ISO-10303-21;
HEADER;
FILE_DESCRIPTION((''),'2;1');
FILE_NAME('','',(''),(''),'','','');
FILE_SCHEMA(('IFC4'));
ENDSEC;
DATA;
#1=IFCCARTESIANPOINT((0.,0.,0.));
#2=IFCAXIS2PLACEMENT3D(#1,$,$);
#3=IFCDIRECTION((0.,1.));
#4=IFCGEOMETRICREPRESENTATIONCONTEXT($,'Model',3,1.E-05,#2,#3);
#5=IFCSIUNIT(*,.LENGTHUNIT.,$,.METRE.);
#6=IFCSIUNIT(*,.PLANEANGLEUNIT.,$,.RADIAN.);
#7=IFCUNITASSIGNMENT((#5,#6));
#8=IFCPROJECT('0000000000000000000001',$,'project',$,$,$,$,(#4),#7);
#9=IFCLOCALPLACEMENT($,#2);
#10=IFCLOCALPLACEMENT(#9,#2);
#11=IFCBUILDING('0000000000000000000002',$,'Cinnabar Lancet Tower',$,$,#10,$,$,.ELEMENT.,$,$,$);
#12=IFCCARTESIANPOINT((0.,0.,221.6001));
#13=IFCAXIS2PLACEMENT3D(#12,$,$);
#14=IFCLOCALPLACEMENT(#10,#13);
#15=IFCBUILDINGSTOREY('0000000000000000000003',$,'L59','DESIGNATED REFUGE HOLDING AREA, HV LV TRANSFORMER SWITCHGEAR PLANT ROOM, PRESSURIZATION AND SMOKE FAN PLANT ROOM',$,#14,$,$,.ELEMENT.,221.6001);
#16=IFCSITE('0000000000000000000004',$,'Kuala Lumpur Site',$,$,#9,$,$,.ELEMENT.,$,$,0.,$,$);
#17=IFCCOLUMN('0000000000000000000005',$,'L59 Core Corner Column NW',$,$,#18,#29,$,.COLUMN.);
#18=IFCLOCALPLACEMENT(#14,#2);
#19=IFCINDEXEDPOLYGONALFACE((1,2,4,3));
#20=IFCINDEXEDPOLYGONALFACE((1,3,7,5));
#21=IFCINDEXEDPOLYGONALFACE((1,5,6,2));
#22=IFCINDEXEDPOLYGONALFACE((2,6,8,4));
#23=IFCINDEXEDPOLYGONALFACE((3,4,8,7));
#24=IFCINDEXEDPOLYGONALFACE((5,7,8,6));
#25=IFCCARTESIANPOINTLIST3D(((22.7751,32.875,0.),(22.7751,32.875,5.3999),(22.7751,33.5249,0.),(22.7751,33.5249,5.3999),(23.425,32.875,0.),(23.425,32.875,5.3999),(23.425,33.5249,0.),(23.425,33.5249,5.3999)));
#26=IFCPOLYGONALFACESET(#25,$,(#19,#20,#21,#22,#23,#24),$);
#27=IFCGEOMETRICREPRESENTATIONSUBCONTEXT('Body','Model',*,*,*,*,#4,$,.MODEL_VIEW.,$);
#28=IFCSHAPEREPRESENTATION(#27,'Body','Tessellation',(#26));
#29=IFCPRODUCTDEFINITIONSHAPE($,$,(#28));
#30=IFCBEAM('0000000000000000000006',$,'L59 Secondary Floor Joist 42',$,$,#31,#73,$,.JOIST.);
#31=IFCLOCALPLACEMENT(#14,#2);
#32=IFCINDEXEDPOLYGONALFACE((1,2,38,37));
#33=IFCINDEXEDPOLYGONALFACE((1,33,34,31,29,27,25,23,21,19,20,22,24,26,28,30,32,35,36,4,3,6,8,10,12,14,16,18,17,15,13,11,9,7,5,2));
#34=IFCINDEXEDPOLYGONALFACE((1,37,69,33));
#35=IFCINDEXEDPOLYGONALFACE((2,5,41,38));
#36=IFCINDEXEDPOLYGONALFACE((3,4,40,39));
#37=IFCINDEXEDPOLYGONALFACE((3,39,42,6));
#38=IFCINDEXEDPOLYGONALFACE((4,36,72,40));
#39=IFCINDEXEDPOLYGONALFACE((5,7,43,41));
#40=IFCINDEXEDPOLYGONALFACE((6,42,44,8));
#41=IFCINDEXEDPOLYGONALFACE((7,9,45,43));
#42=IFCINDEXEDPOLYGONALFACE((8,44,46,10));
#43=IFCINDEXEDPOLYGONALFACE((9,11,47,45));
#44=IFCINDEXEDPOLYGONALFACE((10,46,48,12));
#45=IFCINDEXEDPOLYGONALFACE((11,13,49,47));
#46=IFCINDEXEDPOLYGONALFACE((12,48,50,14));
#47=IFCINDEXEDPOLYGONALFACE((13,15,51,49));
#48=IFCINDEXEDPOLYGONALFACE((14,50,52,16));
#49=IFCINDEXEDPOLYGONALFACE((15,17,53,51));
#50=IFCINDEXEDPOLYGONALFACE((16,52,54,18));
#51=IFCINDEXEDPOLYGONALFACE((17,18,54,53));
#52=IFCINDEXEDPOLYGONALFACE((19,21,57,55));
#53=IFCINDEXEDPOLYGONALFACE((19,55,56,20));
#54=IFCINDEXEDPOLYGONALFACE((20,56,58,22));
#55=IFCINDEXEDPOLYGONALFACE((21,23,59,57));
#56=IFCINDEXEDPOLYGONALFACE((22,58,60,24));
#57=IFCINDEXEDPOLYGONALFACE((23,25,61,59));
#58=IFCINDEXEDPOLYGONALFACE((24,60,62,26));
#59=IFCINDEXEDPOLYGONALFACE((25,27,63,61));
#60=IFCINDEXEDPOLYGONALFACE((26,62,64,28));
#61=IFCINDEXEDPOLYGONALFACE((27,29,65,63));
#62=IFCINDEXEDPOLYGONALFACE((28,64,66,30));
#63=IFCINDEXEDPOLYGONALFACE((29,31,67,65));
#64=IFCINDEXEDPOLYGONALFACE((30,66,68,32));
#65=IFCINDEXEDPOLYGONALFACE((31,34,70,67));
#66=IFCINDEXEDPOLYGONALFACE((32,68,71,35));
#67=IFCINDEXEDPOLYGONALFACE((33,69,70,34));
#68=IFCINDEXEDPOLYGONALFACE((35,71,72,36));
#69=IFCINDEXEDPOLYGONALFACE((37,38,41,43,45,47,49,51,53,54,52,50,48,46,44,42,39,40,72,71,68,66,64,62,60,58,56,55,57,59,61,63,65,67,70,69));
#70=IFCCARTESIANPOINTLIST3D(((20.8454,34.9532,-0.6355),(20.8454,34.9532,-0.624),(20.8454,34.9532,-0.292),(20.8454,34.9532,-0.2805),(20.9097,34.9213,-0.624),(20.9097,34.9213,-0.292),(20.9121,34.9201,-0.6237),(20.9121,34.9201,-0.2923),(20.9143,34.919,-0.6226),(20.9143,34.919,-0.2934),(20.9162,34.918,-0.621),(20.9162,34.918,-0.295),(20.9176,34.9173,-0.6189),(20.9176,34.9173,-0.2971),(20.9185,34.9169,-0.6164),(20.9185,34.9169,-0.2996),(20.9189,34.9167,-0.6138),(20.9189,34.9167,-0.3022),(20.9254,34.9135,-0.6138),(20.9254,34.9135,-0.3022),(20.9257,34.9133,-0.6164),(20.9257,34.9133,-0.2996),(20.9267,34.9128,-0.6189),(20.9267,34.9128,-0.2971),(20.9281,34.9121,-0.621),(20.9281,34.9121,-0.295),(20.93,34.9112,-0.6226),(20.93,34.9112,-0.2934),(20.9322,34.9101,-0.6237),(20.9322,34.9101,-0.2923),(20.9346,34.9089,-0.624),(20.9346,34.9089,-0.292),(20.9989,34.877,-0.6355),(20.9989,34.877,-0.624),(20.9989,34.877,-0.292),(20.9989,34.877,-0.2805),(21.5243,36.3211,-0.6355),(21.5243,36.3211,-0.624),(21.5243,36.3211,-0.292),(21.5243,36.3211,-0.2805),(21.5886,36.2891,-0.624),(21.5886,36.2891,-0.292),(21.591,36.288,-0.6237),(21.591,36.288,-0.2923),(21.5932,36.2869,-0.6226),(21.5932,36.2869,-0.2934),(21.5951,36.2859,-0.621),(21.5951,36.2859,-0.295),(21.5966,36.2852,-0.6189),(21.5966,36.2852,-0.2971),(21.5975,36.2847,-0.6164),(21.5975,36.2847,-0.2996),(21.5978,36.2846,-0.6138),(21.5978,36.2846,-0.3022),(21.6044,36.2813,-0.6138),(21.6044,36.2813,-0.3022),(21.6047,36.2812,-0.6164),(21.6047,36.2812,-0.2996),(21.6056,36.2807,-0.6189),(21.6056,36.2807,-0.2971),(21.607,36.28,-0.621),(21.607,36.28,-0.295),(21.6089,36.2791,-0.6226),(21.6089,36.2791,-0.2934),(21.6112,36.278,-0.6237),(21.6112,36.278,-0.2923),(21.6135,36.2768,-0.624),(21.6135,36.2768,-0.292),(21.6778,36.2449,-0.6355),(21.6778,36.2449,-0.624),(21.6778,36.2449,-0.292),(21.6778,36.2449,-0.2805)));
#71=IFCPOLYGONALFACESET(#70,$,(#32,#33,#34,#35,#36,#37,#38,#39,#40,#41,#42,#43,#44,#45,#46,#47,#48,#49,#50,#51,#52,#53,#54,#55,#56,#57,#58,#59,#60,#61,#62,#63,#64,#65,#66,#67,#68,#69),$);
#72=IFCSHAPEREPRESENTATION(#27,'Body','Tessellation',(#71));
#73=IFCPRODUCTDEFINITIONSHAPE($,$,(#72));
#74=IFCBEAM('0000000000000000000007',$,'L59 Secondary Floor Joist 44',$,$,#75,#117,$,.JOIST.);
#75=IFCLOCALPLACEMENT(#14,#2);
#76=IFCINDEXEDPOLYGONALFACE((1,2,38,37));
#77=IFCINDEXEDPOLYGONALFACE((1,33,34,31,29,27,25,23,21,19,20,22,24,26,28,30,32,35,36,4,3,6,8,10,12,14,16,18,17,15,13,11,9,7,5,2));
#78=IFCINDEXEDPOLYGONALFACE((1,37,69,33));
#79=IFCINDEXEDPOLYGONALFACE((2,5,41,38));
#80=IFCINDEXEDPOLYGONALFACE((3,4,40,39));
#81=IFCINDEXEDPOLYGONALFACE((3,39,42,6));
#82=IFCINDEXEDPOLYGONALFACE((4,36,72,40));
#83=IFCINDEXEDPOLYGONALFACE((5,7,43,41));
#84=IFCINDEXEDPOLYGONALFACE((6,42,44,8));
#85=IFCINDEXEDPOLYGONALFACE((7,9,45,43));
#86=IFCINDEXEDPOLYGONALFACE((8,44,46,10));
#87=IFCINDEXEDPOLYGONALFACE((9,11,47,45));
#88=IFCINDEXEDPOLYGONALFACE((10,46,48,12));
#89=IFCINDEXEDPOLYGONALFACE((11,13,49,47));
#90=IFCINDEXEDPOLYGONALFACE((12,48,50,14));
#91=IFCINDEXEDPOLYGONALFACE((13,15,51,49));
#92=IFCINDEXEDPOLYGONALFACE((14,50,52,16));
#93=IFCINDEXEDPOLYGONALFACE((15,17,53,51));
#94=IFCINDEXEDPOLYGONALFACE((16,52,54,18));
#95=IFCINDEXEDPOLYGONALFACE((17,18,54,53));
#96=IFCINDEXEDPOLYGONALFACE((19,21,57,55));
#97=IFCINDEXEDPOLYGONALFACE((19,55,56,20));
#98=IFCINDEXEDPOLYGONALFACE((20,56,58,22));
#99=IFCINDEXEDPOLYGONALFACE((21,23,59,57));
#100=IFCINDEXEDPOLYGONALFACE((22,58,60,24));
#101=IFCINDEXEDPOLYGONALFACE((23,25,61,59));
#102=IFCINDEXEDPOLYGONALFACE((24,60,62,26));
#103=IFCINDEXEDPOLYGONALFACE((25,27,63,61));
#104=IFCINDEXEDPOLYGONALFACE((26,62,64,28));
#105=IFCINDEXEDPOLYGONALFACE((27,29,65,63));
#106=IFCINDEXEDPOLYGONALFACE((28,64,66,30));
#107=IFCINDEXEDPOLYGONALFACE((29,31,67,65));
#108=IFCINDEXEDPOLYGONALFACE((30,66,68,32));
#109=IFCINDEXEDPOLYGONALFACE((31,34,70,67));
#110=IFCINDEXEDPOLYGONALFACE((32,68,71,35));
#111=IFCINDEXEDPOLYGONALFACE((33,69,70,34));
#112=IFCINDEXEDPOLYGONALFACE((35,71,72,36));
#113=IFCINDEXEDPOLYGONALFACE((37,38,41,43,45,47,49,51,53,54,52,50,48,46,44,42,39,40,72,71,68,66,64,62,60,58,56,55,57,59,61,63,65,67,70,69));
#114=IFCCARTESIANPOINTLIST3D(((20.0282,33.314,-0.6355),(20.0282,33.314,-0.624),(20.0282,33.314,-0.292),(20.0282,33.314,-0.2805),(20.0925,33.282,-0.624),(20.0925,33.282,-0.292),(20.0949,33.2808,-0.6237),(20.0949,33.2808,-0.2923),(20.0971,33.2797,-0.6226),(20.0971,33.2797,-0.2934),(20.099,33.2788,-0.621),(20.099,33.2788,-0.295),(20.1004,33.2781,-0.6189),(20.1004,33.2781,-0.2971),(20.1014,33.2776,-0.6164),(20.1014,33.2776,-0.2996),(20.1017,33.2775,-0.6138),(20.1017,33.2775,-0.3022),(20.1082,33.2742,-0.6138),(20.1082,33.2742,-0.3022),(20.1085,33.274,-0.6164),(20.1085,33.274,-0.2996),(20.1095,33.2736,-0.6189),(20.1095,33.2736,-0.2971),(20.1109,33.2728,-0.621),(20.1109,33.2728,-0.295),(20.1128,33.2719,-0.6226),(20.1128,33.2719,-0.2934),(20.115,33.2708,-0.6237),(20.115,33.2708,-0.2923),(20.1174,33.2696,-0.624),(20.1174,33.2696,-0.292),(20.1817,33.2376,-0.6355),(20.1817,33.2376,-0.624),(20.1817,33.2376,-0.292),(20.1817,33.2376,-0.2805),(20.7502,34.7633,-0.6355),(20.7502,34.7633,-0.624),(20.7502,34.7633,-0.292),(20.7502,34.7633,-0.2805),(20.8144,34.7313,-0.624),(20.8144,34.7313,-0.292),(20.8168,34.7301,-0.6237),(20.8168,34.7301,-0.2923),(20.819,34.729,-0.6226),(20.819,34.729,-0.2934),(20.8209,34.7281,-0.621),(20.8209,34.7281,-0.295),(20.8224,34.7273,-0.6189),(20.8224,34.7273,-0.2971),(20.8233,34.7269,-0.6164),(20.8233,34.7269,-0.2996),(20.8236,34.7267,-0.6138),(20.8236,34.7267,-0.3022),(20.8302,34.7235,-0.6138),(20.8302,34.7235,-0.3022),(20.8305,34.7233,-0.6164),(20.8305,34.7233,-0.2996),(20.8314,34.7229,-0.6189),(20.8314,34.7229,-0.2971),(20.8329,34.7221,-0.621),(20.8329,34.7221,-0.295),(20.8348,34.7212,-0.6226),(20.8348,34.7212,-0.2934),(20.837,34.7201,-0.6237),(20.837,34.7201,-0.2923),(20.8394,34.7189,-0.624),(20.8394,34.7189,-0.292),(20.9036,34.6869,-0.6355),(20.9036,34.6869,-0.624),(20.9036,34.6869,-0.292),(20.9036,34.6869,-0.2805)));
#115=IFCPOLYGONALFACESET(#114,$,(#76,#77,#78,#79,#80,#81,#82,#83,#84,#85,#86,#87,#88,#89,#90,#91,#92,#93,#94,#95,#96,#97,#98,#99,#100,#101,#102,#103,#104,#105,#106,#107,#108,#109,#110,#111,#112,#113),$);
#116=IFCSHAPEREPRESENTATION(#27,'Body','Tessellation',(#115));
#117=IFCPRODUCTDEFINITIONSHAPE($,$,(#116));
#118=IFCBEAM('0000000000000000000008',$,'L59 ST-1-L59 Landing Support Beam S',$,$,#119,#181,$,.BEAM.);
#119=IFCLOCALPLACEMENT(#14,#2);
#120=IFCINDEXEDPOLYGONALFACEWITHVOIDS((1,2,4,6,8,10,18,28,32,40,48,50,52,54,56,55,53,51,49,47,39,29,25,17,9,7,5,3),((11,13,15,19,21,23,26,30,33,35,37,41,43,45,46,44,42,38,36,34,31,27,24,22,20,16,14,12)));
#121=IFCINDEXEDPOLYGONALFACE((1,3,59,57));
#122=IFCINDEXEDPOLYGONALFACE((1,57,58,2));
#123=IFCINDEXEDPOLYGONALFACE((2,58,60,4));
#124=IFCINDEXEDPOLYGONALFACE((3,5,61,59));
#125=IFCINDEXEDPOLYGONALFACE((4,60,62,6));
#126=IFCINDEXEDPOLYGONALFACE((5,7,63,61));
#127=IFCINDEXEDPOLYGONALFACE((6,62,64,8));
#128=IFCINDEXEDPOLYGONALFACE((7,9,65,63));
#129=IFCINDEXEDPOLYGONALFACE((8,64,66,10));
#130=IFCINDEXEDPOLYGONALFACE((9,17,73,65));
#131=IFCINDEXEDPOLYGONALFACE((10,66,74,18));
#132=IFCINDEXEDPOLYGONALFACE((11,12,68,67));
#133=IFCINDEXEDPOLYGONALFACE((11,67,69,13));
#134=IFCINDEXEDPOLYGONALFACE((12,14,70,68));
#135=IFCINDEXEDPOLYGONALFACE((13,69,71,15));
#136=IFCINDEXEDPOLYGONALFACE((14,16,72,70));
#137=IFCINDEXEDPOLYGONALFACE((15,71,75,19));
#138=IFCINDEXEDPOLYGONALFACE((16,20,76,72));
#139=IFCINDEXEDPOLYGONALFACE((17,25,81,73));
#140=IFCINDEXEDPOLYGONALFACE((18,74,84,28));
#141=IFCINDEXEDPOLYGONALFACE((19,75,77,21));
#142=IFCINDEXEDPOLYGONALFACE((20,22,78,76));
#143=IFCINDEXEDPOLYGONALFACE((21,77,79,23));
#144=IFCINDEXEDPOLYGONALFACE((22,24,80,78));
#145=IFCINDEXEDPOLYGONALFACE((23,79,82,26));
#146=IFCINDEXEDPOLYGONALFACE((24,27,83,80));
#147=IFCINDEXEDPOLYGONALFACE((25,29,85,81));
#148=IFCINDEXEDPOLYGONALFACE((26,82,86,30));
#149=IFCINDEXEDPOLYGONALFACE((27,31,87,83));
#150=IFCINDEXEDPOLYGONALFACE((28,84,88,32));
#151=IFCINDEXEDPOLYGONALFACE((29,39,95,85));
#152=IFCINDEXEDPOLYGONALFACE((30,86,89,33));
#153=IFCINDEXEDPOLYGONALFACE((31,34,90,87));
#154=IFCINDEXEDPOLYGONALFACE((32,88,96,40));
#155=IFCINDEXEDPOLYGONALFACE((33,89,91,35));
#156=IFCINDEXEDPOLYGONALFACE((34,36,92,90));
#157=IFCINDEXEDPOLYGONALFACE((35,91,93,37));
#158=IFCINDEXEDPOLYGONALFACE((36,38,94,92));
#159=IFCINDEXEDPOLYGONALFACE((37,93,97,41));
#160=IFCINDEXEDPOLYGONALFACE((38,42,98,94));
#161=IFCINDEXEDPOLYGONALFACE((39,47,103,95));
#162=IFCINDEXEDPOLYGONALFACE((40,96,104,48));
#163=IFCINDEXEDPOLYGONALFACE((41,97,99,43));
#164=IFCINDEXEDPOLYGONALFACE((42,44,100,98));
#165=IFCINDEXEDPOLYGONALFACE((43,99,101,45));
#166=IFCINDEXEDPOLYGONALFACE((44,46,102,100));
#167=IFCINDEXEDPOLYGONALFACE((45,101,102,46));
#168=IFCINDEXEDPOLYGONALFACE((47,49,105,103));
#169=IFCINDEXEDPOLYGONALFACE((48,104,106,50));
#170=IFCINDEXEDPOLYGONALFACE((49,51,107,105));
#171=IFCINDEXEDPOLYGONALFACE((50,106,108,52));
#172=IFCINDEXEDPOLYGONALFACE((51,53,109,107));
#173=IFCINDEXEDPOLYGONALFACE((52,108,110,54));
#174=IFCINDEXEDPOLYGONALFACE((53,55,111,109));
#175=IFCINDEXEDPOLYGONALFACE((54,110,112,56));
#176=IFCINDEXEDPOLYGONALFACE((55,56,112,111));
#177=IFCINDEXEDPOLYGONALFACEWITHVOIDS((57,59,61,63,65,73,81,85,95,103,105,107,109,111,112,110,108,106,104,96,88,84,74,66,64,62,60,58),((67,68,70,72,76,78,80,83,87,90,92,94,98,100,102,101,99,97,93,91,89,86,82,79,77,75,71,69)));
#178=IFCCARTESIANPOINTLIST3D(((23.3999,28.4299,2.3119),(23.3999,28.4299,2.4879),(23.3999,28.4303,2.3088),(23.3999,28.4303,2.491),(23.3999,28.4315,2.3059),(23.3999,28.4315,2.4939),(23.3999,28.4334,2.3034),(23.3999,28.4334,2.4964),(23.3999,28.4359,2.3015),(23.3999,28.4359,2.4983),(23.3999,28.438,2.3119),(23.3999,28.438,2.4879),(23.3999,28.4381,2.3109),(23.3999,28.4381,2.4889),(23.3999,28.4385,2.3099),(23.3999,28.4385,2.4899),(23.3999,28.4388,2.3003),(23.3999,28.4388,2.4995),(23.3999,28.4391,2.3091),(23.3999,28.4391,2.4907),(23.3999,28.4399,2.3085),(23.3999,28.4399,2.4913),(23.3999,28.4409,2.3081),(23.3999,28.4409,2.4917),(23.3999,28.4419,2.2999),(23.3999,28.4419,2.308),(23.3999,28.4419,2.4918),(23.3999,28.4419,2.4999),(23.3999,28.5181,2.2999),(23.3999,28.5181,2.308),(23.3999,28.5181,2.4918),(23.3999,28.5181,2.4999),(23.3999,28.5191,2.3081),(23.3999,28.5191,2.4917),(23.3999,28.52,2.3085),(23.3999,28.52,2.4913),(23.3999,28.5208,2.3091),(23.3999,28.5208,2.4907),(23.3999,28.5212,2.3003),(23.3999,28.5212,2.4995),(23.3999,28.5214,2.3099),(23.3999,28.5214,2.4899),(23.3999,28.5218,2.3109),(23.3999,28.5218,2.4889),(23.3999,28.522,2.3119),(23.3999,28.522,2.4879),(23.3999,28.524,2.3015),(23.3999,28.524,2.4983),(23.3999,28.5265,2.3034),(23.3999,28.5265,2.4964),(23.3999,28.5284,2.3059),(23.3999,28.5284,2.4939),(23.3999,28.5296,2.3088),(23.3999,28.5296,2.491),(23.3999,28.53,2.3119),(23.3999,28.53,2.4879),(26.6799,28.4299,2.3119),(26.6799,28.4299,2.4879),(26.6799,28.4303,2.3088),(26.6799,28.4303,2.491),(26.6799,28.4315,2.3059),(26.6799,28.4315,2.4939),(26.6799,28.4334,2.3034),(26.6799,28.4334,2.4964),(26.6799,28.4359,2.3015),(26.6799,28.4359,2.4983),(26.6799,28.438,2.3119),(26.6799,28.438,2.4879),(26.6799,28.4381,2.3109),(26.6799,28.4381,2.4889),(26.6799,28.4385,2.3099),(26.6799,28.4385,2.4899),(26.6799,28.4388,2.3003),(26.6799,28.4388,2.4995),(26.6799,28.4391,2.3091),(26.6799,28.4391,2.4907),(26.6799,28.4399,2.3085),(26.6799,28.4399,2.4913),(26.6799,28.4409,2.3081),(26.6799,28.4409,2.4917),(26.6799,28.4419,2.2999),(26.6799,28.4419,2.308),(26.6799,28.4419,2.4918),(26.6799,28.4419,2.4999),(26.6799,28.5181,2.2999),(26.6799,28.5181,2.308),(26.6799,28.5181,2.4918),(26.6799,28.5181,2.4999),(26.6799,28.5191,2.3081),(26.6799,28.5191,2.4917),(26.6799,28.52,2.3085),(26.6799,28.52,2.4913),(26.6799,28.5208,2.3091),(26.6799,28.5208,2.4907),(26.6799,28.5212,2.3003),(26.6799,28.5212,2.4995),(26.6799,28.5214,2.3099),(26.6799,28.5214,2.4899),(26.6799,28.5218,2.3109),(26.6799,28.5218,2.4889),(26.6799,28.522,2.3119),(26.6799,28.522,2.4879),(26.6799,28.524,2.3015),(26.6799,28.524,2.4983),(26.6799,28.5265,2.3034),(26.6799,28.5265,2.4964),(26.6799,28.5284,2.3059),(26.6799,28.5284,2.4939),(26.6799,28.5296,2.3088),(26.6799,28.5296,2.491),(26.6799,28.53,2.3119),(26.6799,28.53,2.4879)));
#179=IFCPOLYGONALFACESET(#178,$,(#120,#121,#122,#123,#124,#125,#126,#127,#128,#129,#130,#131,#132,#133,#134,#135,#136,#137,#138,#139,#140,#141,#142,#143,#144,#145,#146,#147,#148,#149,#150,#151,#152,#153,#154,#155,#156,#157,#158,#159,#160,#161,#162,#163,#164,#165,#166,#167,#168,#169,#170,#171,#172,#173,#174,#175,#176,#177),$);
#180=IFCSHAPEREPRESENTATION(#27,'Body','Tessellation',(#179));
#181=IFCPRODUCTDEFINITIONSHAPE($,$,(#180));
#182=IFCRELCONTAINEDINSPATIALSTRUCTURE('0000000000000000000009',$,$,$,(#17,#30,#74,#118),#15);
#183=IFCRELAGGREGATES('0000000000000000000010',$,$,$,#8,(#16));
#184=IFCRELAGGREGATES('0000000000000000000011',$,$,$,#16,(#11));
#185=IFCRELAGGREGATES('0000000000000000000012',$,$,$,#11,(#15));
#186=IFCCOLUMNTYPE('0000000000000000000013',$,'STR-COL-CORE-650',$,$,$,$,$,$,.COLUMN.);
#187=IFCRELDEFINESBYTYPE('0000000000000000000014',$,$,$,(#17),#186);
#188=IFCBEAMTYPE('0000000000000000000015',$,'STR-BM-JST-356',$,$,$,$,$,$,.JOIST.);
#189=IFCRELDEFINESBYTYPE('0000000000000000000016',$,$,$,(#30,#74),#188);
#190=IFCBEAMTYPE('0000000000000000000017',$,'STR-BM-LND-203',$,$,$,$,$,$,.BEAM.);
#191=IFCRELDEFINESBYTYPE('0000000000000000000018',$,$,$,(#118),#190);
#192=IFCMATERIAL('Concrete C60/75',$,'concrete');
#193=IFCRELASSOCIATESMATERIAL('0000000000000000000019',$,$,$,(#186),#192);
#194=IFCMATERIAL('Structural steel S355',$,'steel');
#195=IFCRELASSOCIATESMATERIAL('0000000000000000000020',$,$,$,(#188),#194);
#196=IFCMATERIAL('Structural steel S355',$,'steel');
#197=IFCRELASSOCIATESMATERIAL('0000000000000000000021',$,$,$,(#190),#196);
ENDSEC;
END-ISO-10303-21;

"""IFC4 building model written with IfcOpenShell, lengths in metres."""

from ifc_helpers import new_model, si_unit, direction, frame, origin, origin_2d, place, context, subcontext, project, spatial, rectangle, hollow_rectangle, i_section, extrude, material, material_profile, profile_set, type_object, element, save


model = new_model("IFC4")

# Units and contexts
model_context = context("Model", 3, precision=1e-05, world=origin(), true_north=direction((0.0, 1.0)))
body_context = subcontext(model_context, "Body", "Model", "MODEL_VIEW")
ifc_project = project(units=[si_unit("LENGTHUNIT", "METRE"), si_unit("PLANEANGLEUNIT", "RADIAN")], contexts=[model_context])

# Site, building, storey
site_placement = place(None, origin())
site = spatial("IfcSite", under=ifc_project, at=site_placement, Name="Kuala Lumpur Site", CompositionType="ELEMENT", RefElevation=0.0)
building_placement = place(site_placement, origin())
building = spatial("IfcBuilding", under=site, at=building_placement, Name="Cinnabar Lancet Tower", CompositionType="ELEMENT")
storey_placement = place(building_placement, frame((0.0, 0.0, 221.6001)))
storey = spatial("IfcBuildingStorey", under=building, at=storey_placement, Name="L59", Description="DESIGNATED REFUGE HOLDING AREA, HV LV TRANSFORMER SWITCHGEAR PLANT ROOM, PRESSURIZATION AND SMOKE FAN PLANT ROOM", CompositionType="ELEMENT", Elevation=221.6001)

# Column
ifc_material_1 = material(Name="Concrete C60/75", Category="concrete")
ifc_material_profile_1 = material_profile(ifc_material_1, rectangle(XDim=0.6499, YDim=0.6499, at=origin_2d()), Name="RC-COL 650x650")
ifc_profile_set_1 = profile_set([ifc_material_profile_1], Name="Concrete C60/75")
column_type = type_object("IfcColumnType", Name="STR-COL-CORE-650", PredefinedType="COLUMN", material=ifc_profile_set_1)
column_placement = place(storey_placement, frame((23.1001, 33.2, 0.0), z_axis=(0.0, 0.0, 1.0), x_axis=(1.0, 0.0, 0.0)))
element("IfcColumn", 1, at=column_placement, inside=storey, type_object=column_type, Name="L59 Core Corner Column NW", PredefinedType="COLUMN", context=body_context, shape_type="SweptSolid", body=[
    extrude(rectangle(XDim=0.6499, YDim=0.6499, at=origin_2d()), origin(), (0.0, 0.0, 1.0), 5.3999),
])

# Beams
ifc_material_2 = material(Name="Structural steel S355", Category="steel")
ifc_material_profile_2 = material_profile(ifc_material_2, i_section(OverallWidth=0.1714, OverallDepth=0.355, WebThickness=0.0073, FlangeThickness=0.0115, FilletRadius=0.0103, at=origin_2d()), Name="UKB 356x171x51")
ifc_profile_set_2 = profile_set([ifc_material_profile_2], Name="Structural steel S355")
beam_type_1 = type_object("IfcBeamType", Name="STR-BM-JST-356", PredefinedType="JOIST", material=ifc_profile_set_2)
beam_1_placement = place(storey_placement, frame((21.6011, 36.283, -0.458), z_axis=(-0.44459, -0.895734, 0.0), x_axis=(0.895734, -0.44459, 0.0)))
element("IfcBeam", 2, at=beam_1_placement, inside=storey, type_object=beam_type_1, Name="L59 Secondary Floor Joist 42", PredefinedType="JOIST", context=body_context, shape_type="SweptSolid", body=[
    extrude(i_section(OverallWidth=0.1714, OverallDepth=0.355, WebThickness=0.0073, FlangeThickness=0.0115, FilletRadius=0.0103, at=origin_2d()), origin(), (0.0, 0.0, 1.0), 1.5271),
])
beam_2_placement = place(storey_placement, frame((20.8269, 34.7251, -0.458), z_axis=(-0.445886, -0.89509, 0.0), x_axis=(0.89509, -0.445886, 0.0)))
element("IfcBeam", 3, at=beam_2_placement, inside=storey, type_object=beam_type_1, Name="L59 Secondary Floor Joist 44", PredefinedType="JOIST", context=body_context, shape_type="SweptSolid", body=[
    extrude(i_section(OverallWidth=0.1714, OverallDepth=0.355, WebThickness=0.0073, FlangeThickness=0.0115, FilletRadius=0.0103, at=origin_2d()), origin(), (0.0, 0.0, 1.0), 1.6191),
])
ifc_material_3 = material(Name="Structural steel S355", Category="steel")
ifc_material_profile_3 = material_profile(ifc_material_3, hollow_rectangle(XDim=0.1001, YDim=0.2, WallThickness=0.0081, InnerFilletRadius=0.0039, OuterFilletRadius=0.012, at=origin_2d()), Name="RHS 200x100x8")
ifc_profile_set_3 = profile_set([ifc_material_profile_3], Name="Structural steel S355")
beam_type_2 = type_object("IfcBeamType", Name="STR-BM-LND-203", PredefinedType="BEAM", material=ifc_profile_set_3)
for number, where, z_axis, x_axis, name in (
    (4, (23.3999, 28.48, 2.3999), (1.0, 0.0, 0.0), (0.0, 1.0, 0.0), "L59 ST-1-L59 Landing Support Beam S"),
):
    element("IfcBeam", number, at=place(storey_placement, frame(where, z_axis=z_axis, x_axis=x_axis)), inside=storey, type_object=beam_type_2, Name=name, PredefinedType="BEAM", context=body_context, shape_type="SweptSolid", body=[
        extrude(hollow_rectangle(XDim=0.1001, YDim=0.2, WallThickness=0.0081, InnerFilletRadius=0.0039, OuterFilletRadius=0.012, at=origin_2d()), origin(), (0.0, 0.0, 1.0), 3.28),
    ])

save(model, "model.ifc")
